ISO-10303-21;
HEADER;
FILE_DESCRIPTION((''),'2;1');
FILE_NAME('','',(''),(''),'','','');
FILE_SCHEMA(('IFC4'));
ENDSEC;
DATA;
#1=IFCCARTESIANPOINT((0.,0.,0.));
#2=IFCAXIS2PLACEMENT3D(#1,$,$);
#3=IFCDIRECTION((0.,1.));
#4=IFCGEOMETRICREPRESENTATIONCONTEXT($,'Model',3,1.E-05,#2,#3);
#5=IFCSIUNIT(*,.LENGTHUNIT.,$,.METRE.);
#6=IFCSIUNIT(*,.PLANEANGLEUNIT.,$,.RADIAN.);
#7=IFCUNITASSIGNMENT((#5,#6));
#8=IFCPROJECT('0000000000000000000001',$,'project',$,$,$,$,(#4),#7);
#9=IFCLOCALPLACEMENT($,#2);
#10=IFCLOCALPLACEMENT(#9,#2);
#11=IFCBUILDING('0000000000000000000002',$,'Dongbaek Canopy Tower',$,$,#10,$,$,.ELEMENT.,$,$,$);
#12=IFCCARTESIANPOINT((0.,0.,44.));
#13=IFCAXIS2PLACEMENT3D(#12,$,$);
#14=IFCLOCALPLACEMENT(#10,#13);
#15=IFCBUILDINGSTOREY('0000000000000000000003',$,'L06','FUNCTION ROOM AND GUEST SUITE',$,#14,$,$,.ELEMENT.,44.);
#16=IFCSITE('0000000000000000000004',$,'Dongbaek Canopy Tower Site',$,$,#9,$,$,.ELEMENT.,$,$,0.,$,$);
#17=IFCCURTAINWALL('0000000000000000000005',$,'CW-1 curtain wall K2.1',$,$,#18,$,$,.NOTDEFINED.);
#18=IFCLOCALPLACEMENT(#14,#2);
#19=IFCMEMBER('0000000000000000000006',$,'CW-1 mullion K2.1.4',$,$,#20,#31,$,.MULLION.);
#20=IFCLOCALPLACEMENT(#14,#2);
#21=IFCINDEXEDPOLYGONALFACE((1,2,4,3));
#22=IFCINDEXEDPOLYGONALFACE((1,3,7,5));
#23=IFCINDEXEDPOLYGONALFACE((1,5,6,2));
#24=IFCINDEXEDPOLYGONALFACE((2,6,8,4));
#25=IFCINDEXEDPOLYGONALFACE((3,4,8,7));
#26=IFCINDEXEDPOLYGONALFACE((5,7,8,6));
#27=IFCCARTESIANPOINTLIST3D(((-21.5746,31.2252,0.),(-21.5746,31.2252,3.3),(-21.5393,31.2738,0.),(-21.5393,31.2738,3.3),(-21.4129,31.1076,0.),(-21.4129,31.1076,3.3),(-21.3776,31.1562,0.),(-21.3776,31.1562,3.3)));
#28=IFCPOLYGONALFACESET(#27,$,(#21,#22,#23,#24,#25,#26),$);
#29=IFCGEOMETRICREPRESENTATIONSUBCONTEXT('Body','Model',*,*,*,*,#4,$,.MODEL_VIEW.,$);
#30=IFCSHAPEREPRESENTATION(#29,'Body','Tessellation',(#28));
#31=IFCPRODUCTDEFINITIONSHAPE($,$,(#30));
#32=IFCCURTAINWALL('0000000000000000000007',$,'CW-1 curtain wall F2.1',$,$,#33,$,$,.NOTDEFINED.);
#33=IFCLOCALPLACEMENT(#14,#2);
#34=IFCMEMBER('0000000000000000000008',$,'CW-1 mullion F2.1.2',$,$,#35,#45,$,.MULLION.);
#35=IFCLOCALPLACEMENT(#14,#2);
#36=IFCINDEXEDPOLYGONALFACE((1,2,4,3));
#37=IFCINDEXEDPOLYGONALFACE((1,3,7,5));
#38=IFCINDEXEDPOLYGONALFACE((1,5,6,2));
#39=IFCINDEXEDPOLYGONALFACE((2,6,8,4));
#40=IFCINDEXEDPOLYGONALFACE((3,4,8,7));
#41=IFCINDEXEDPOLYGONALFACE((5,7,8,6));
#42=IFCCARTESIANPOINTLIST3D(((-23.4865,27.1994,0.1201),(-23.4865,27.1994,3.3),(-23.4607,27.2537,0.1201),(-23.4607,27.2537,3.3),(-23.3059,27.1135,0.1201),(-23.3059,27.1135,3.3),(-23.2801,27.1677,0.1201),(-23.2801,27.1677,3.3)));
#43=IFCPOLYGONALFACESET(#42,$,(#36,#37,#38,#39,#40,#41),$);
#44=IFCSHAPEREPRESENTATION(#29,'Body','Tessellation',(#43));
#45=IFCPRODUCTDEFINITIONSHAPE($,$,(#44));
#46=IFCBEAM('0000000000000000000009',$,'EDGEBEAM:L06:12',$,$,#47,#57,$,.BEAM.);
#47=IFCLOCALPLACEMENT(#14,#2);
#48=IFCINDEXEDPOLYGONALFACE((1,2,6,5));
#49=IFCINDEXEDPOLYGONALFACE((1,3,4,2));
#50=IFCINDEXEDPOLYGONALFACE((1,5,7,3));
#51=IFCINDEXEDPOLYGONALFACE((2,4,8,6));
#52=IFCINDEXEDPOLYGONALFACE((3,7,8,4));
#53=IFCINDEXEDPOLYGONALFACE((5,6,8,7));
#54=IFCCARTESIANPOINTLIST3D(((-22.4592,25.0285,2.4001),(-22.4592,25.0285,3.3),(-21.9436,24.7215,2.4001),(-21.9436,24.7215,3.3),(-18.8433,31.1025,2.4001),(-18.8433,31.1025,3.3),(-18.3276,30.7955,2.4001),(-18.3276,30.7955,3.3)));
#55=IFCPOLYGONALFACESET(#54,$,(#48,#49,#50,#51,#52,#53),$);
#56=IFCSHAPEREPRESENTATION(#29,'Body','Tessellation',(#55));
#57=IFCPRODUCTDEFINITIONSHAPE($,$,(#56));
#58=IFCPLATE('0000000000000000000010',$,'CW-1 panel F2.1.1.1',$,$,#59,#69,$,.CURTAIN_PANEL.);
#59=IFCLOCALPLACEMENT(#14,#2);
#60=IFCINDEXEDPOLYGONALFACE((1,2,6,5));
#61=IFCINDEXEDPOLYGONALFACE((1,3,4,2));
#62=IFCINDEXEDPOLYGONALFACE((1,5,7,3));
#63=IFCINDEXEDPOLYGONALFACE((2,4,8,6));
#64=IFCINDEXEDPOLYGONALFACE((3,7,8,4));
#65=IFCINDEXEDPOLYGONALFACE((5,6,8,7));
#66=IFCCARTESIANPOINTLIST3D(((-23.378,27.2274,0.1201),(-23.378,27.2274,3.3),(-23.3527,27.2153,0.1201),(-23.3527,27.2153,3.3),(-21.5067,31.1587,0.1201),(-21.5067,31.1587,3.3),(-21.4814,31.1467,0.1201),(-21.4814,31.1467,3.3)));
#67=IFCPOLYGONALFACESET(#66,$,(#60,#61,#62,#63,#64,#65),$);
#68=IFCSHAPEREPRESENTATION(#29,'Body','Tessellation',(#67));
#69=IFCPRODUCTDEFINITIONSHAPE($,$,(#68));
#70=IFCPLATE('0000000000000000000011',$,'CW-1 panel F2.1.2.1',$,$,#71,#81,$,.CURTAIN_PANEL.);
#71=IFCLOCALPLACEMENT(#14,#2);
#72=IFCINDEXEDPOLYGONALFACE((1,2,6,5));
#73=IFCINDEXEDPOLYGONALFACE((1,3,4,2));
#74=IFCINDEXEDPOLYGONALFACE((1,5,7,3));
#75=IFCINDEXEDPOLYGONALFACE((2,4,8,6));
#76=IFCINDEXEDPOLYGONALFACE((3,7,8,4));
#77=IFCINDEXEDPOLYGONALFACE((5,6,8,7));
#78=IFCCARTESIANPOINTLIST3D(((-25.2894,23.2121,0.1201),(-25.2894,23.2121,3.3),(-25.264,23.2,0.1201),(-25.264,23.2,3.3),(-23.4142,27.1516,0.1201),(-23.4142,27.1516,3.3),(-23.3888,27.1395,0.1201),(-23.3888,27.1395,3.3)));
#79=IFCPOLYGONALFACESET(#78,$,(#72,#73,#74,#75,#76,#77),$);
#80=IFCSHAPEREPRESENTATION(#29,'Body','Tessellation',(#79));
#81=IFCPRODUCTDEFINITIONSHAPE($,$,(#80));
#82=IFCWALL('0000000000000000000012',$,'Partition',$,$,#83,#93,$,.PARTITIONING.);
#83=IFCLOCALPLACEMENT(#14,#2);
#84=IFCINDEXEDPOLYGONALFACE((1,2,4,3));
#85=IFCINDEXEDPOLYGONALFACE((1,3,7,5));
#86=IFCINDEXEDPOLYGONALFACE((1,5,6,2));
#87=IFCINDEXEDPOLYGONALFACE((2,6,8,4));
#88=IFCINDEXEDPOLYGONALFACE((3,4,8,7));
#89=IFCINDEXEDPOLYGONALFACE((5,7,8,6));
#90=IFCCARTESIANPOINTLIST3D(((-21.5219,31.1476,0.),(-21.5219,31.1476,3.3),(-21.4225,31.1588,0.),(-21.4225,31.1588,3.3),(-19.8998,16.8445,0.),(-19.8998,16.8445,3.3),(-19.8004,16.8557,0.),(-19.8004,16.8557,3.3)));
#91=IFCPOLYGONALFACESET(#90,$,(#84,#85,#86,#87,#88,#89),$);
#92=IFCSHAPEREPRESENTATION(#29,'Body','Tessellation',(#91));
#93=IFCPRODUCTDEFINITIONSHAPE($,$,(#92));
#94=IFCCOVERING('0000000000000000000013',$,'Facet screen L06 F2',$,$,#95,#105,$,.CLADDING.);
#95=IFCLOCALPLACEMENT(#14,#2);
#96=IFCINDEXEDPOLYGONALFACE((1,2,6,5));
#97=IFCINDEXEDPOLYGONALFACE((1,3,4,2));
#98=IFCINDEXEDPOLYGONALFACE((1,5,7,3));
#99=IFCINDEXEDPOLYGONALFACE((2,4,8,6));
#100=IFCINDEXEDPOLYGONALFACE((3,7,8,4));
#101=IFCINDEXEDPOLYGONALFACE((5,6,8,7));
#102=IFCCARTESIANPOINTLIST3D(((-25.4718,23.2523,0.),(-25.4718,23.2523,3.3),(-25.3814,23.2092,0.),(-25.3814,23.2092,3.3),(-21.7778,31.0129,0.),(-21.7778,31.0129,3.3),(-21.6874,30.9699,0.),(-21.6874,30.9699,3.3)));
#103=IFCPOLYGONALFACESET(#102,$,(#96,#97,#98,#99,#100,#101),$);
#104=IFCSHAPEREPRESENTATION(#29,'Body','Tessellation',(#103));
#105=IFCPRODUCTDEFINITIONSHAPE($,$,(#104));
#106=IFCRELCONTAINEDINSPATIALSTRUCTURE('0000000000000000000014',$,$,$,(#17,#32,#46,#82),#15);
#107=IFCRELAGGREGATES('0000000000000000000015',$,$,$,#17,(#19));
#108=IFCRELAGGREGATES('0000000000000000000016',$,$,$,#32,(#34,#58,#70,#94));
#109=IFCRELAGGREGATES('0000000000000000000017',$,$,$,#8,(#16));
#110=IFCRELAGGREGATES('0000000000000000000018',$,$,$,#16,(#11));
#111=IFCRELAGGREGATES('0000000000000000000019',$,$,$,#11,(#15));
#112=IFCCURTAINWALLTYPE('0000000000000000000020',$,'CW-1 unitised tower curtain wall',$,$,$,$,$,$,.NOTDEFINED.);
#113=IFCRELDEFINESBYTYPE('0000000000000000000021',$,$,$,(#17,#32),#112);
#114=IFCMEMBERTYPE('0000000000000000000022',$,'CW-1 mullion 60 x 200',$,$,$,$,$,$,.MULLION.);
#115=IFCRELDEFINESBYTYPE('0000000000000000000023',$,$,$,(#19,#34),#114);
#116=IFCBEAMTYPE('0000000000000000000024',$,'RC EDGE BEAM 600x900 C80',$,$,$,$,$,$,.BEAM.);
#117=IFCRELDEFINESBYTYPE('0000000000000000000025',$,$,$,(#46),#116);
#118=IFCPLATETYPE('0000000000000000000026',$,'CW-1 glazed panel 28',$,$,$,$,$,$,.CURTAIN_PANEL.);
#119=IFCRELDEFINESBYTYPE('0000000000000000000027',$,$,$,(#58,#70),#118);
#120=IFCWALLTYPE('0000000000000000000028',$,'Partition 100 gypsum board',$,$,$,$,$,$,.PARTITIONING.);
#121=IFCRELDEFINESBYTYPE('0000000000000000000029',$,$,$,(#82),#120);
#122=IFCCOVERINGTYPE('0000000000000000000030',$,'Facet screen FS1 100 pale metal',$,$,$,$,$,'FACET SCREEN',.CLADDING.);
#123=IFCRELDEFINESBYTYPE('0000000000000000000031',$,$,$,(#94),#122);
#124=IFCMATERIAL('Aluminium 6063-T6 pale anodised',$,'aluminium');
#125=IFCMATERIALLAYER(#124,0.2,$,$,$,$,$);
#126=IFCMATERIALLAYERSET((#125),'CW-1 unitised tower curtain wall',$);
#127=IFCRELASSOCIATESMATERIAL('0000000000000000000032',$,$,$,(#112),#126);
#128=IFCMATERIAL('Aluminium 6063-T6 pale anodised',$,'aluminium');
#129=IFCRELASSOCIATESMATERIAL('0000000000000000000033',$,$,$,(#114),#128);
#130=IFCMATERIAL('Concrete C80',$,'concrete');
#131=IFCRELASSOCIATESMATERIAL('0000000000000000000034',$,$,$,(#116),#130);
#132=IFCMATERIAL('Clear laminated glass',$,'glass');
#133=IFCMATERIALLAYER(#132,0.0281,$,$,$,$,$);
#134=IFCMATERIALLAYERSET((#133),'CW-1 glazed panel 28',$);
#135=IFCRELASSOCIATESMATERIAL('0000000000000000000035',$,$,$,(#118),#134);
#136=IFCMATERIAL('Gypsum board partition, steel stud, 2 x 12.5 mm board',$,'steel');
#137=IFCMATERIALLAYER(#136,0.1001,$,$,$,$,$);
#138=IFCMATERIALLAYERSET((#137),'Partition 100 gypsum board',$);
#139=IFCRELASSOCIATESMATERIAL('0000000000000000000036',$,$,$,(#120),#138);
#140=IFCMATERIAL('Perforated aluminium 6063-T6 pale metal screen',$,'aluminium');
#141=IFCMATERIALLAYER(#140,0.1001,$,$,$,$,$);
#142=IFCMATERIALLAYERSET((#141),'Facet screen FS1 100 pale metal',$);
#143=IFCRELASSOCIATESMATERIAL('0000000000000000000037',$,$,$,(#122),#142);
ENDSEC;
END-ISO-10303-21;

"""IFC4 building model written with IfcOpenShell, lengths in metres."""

from ifc_helpers import new_model, si_unit, direction, frame, frame_2d, origin, origin_2d, place, context, subcontext, project, spatial, rectangle, extrude, material, layer, layer_set, material_profile, profile_set, type_object, element, aggregate, save


model = new_model("IFC4")

# Units and contexts
model_context = context("Model", 3, precision=1e-05, world=origin(), true_north=direction((0.0, 1.0)))
body_context = subcontext(model_context, "Body", "Model", "MODEL_VIEW")
ifc_project = project(units=[si_unit("LENGTHUNIT", "METRE"), si_unit("PLANEANGLEUNIT", "RADIAN")], contexts=[model_context])

# Site, building, storey
site_placement = place(None, origin())
site = spatial("IfcSite", under=ifc_project, at=site_placement, Name="Dongbaek Canopy Tower Site", CompositionType="ELEMENT", RefElevation=0.0)
building_placement = place(site_placement, origin())
building = spatial("IfcBuilding", under=site, at=building_placement, Name="Dongbaek Canopy Tower", CompositionType="ELEMENT")
storey_placement = place(building_placement, frame((0.0, 0.0, 44.0)))
storey = spatial("IfcBuildingStorey", under=building, at=storey_placement, Name="L06", Description="FUNCTION ROOM AND GUEST SUITE", CompositionType="ELEMENT", Elevation=44.0)

# Curtain walls, members
ifc_material_1 = material(Name="Aluminium 6063-T6 pale anodised", Category="aluminium")
ifc_layer_1 = layer(ifc_material_1, 0.2)
ifc_layer_set_1 = layer_set([ifc_layer_1], Name="CW-1 unitised tower curtain wall")
curtain_wall_type = type_object("IfcCurtainWallType", Name="CW-1 unitised tower curtain wall", PredefinedType="NOTDEFINED", material=ifc_layer_set_1)
curtain_wall_1_placement = place(storey_placement, origin())
curtain_wall_1 = element("IfcCurtainWall", 1, at=curtain_wall_1_placement, inside=storey, type_object=curtain_wall_type, Name="CW-1 curtain wall K2.1", PredefinedType="NOTDEFINED")
ifc_material_2 = material(Name="Aluminium 6063-T6 pale anodised", Category="aluminium")
ifc_material_profile_1 = material_profile(ifc_material_2, rectangle(XDim=0.2, YDim=0.0601, at=origin_2d()), Name="CW-1 mullion 60 x 200")
ifc_profile_set_1 = profile_set([ifc_material_profile_1], Name="Aluminium 6063-T6 pale anodised")
member_type = type_object("IfcMemberType", Name="CW-1 mullion 60 x 200", PredefinedType="MULLION", material=ifc_profile_set_1)
member_1_placement = place(storey_placement, frame((-21.4761, 31.1907, 0.0), z_axis=(0.0, 0.0, 1.0), x_axis=(-0.808796, 0.58809, 0.0)))
member_1 = element("IfcMember", 2, at=member_1_placement, type_object=member_type, Name="CW-1 mullion K2.1.4", PredefinedType="MULLION", context=body_context, shape_type="SweptSolid", body=[
    extrude(rectangle(XDim=0.2, YDim=0.0601, at=origin_2d()), origin(), (0.0, 0.0, 1.0), 3.3),
])
aggregate(curtain_wall_1, [member_1])
curtain_wall_2_placement = place(storey_placement, origin())
curtain_wall_2 = element("IfcCurtainWall", 3, at=curtain_wall_2_placement, inside=storey, type_object=curtain_wall_type, Name="CW-1 curtain wall F2.1", PredefinedType="NOTDEFINED")
member_2_placement = place(storey_placement, frame((-23.3833, 27.1836, 0.1201), z_axis=(0.0, 0.0, 1.0), x_axis=(-0.902929, 0.42979, 0.0)))
member_2 = element("IfcMember", 4, at=member_2_placement, type_object=member_type, Name="CW-1 mullion F2.1.2", PredefinedType="MULLION", context=body_context, shape_type="SweptSolid", body=[
    extrude(rectangle(XDim=0.2, YDim=0.0601, at=origin_2d()), origin(), (0.0, 0.0, 1.0), 3.1799),
])

# Beam
ifc_material_3 = material(Name="Concrete C80", Category="concrete")
ifc_material_profile_2 = material_profile(ifc_material_3, rectangle(XDim=0.6001, YDim=0.8999, at=origin_2d()), Name="RC EDGE BEAM 600x900 C80")
ifc_profile_set_2 = profile_set([ifc_material_profile_2], Name="Concrete C80")
beam_type = type_object("IfcBeamType", Name="RC EDGE BEAM 600x900 C80", PredefinedType="BEAM", material=ifc_profile_set_2)
beam_placement = place(storey_placement, frame((-22.2014, 24.875, 2.8501), z_axis=(0.511537, 0.859261, 0.0), x_axis=(-0.859261, 0.511537, 0.0)))
element("IfcBeam", 5, at=beam_placement, inside=storey, type_object=beam_type, Name="EDGEBEAM:L06:12", PredefinedType="BEAM", context=body_context, shape_type="SweptSolid", body=[
    extrude(rectangle(XDim=0.6001, YDim=0.8999, at=origin_2d()), origin(), (0.0, 0.0, 1.0), 7.0688),
])

# Plates
ifc_material_4 = material(Name="Clear laminated glass", Category="glass")
ifc_layer_2 = layer(ifc_material_4, 0.0281)
ifc_layer_set_2 = layer_set([ifc_layer_2], Name="CW-1 glazed panel 28")
plate_type = type_object("IfcPlateType", Name="CW-1 glazed panel 28", PredefinedType="CURTAIN_PANEL", material=ifc_layer_set_2)
plate_1_placement = place(storey_placement, frame((-22.4297, 29.187, 0.1201), z_axis=(0.0, 0.0, 1.0), x_axis=(-0.42979, -0.902929, 0.0)))
plate_1 = element("IfcPlate", 6, at=plate_1_placement, type_object=plate_type, Name="CW-1 panel F2.1.1.1", PredefinedType="CURTAIN_PANEL", context=body_context, shape_type="SweptSolid", body=[
    extrude(rectangle(XDim=4.354, YDim=0.0281, at=origin_2d()), origin(), (0.0, 0.0, 1.0), 3.1799),
])
plate_2_placement = place(storey_placement, frame((-24.3391, 25.1758, 0.1201), z_axis=(0.0, 0.0, 1.0), x_axis=(-0.42979, -0.902929, 0.0)))
plate_2 = element("IfcPlate", 7, at=plate_2_placement, type_object=plate_type, Name="CW-1 panel F2.1.2.1", PredefinedType="CURTAIN_PANEL", context=body_context, shape_type="SweptSolid", body=[
    extrude(rectangle(XDim=4.363, YDim=0.0281, at=origin_2d()), origin(), (0.0, 0.0, 1.0), 3.1799),
])

# Wall
ifc_material_5 = material(Name="Gypsum board partition, steel stud, 2 x 12.5 mm board", Category="steel")
ifc_layer_3 = layer(ifc_material_5, 0.1001)
ifc_layer_set_3 = layer_set([ifc_layer_3], Name="Partition 100 gypsum board")
wall_type = type_object("IfcWallType", Name="Partition 100 gypsum board", PredefinedType="PARTITIONING", material=ifc_layer_set_3)
wall_placement = place(storey_placement, frame((-21.4722, 31.1531, 0.0), z_axis=(0.0, 0.0, 1.0), x_axis=(0.112686, -0.993631, 0.0)))
element("IfcWall", 8, at=wall_placement, inside=storey, type_object=wall_type, Name="Partition", PredefinedType="PARTITIONING", context=body_context, shape_type="SweptSolid", body=[
    extrude(rectangle(XDim=14.3948, YDim=0.1001, at=frame_2d((7.1973, 0.0))), origin(), (0.0, 0.0, 1.0), 3.3),
])

# Covering
ifc_material_6 = material(Name="Perforated aluminium 6063-T6 pale metal screen", Category="aluminium")
ifc_layer_4 = layer(ifc_material_6, 0.1001)
ifc_layer_set_4 = layer_set([ifc_layer_4], Name="Facet screen FS1 100 pale metal")
covering_type = type_object("IfcCoveringType", Name="Facet screen FS1 100 pale metal", ElementType="FACET SCREEN", PredefinedType="CLADDING", material=ifc_layer_set_4)
covering_placement = place(storey_placement, frame((-23.5796, 27.1111, 0.0), z_axis=(0.0, 0.0, 1.0), x_axis=(-0.429789, -0.902929, 0.0)))
covering = element("IfcCovering", 9, at=covering_placement, type_object=covering_type, Name="Facet screen L06 F2", PredefinedType="CLADDING", context=body_context, shape_type="SweptSolid", body=[
    extrude(rectangle(XDim=8.595, YDim=0.1001, at=origin_2d()), origin(), (0.0, 0.0, 1.0), 3.3),
])
aggregate(curtain_wall_2, [member_2, plate_1, plate_2, covering])

save(model, "model.ifc")
